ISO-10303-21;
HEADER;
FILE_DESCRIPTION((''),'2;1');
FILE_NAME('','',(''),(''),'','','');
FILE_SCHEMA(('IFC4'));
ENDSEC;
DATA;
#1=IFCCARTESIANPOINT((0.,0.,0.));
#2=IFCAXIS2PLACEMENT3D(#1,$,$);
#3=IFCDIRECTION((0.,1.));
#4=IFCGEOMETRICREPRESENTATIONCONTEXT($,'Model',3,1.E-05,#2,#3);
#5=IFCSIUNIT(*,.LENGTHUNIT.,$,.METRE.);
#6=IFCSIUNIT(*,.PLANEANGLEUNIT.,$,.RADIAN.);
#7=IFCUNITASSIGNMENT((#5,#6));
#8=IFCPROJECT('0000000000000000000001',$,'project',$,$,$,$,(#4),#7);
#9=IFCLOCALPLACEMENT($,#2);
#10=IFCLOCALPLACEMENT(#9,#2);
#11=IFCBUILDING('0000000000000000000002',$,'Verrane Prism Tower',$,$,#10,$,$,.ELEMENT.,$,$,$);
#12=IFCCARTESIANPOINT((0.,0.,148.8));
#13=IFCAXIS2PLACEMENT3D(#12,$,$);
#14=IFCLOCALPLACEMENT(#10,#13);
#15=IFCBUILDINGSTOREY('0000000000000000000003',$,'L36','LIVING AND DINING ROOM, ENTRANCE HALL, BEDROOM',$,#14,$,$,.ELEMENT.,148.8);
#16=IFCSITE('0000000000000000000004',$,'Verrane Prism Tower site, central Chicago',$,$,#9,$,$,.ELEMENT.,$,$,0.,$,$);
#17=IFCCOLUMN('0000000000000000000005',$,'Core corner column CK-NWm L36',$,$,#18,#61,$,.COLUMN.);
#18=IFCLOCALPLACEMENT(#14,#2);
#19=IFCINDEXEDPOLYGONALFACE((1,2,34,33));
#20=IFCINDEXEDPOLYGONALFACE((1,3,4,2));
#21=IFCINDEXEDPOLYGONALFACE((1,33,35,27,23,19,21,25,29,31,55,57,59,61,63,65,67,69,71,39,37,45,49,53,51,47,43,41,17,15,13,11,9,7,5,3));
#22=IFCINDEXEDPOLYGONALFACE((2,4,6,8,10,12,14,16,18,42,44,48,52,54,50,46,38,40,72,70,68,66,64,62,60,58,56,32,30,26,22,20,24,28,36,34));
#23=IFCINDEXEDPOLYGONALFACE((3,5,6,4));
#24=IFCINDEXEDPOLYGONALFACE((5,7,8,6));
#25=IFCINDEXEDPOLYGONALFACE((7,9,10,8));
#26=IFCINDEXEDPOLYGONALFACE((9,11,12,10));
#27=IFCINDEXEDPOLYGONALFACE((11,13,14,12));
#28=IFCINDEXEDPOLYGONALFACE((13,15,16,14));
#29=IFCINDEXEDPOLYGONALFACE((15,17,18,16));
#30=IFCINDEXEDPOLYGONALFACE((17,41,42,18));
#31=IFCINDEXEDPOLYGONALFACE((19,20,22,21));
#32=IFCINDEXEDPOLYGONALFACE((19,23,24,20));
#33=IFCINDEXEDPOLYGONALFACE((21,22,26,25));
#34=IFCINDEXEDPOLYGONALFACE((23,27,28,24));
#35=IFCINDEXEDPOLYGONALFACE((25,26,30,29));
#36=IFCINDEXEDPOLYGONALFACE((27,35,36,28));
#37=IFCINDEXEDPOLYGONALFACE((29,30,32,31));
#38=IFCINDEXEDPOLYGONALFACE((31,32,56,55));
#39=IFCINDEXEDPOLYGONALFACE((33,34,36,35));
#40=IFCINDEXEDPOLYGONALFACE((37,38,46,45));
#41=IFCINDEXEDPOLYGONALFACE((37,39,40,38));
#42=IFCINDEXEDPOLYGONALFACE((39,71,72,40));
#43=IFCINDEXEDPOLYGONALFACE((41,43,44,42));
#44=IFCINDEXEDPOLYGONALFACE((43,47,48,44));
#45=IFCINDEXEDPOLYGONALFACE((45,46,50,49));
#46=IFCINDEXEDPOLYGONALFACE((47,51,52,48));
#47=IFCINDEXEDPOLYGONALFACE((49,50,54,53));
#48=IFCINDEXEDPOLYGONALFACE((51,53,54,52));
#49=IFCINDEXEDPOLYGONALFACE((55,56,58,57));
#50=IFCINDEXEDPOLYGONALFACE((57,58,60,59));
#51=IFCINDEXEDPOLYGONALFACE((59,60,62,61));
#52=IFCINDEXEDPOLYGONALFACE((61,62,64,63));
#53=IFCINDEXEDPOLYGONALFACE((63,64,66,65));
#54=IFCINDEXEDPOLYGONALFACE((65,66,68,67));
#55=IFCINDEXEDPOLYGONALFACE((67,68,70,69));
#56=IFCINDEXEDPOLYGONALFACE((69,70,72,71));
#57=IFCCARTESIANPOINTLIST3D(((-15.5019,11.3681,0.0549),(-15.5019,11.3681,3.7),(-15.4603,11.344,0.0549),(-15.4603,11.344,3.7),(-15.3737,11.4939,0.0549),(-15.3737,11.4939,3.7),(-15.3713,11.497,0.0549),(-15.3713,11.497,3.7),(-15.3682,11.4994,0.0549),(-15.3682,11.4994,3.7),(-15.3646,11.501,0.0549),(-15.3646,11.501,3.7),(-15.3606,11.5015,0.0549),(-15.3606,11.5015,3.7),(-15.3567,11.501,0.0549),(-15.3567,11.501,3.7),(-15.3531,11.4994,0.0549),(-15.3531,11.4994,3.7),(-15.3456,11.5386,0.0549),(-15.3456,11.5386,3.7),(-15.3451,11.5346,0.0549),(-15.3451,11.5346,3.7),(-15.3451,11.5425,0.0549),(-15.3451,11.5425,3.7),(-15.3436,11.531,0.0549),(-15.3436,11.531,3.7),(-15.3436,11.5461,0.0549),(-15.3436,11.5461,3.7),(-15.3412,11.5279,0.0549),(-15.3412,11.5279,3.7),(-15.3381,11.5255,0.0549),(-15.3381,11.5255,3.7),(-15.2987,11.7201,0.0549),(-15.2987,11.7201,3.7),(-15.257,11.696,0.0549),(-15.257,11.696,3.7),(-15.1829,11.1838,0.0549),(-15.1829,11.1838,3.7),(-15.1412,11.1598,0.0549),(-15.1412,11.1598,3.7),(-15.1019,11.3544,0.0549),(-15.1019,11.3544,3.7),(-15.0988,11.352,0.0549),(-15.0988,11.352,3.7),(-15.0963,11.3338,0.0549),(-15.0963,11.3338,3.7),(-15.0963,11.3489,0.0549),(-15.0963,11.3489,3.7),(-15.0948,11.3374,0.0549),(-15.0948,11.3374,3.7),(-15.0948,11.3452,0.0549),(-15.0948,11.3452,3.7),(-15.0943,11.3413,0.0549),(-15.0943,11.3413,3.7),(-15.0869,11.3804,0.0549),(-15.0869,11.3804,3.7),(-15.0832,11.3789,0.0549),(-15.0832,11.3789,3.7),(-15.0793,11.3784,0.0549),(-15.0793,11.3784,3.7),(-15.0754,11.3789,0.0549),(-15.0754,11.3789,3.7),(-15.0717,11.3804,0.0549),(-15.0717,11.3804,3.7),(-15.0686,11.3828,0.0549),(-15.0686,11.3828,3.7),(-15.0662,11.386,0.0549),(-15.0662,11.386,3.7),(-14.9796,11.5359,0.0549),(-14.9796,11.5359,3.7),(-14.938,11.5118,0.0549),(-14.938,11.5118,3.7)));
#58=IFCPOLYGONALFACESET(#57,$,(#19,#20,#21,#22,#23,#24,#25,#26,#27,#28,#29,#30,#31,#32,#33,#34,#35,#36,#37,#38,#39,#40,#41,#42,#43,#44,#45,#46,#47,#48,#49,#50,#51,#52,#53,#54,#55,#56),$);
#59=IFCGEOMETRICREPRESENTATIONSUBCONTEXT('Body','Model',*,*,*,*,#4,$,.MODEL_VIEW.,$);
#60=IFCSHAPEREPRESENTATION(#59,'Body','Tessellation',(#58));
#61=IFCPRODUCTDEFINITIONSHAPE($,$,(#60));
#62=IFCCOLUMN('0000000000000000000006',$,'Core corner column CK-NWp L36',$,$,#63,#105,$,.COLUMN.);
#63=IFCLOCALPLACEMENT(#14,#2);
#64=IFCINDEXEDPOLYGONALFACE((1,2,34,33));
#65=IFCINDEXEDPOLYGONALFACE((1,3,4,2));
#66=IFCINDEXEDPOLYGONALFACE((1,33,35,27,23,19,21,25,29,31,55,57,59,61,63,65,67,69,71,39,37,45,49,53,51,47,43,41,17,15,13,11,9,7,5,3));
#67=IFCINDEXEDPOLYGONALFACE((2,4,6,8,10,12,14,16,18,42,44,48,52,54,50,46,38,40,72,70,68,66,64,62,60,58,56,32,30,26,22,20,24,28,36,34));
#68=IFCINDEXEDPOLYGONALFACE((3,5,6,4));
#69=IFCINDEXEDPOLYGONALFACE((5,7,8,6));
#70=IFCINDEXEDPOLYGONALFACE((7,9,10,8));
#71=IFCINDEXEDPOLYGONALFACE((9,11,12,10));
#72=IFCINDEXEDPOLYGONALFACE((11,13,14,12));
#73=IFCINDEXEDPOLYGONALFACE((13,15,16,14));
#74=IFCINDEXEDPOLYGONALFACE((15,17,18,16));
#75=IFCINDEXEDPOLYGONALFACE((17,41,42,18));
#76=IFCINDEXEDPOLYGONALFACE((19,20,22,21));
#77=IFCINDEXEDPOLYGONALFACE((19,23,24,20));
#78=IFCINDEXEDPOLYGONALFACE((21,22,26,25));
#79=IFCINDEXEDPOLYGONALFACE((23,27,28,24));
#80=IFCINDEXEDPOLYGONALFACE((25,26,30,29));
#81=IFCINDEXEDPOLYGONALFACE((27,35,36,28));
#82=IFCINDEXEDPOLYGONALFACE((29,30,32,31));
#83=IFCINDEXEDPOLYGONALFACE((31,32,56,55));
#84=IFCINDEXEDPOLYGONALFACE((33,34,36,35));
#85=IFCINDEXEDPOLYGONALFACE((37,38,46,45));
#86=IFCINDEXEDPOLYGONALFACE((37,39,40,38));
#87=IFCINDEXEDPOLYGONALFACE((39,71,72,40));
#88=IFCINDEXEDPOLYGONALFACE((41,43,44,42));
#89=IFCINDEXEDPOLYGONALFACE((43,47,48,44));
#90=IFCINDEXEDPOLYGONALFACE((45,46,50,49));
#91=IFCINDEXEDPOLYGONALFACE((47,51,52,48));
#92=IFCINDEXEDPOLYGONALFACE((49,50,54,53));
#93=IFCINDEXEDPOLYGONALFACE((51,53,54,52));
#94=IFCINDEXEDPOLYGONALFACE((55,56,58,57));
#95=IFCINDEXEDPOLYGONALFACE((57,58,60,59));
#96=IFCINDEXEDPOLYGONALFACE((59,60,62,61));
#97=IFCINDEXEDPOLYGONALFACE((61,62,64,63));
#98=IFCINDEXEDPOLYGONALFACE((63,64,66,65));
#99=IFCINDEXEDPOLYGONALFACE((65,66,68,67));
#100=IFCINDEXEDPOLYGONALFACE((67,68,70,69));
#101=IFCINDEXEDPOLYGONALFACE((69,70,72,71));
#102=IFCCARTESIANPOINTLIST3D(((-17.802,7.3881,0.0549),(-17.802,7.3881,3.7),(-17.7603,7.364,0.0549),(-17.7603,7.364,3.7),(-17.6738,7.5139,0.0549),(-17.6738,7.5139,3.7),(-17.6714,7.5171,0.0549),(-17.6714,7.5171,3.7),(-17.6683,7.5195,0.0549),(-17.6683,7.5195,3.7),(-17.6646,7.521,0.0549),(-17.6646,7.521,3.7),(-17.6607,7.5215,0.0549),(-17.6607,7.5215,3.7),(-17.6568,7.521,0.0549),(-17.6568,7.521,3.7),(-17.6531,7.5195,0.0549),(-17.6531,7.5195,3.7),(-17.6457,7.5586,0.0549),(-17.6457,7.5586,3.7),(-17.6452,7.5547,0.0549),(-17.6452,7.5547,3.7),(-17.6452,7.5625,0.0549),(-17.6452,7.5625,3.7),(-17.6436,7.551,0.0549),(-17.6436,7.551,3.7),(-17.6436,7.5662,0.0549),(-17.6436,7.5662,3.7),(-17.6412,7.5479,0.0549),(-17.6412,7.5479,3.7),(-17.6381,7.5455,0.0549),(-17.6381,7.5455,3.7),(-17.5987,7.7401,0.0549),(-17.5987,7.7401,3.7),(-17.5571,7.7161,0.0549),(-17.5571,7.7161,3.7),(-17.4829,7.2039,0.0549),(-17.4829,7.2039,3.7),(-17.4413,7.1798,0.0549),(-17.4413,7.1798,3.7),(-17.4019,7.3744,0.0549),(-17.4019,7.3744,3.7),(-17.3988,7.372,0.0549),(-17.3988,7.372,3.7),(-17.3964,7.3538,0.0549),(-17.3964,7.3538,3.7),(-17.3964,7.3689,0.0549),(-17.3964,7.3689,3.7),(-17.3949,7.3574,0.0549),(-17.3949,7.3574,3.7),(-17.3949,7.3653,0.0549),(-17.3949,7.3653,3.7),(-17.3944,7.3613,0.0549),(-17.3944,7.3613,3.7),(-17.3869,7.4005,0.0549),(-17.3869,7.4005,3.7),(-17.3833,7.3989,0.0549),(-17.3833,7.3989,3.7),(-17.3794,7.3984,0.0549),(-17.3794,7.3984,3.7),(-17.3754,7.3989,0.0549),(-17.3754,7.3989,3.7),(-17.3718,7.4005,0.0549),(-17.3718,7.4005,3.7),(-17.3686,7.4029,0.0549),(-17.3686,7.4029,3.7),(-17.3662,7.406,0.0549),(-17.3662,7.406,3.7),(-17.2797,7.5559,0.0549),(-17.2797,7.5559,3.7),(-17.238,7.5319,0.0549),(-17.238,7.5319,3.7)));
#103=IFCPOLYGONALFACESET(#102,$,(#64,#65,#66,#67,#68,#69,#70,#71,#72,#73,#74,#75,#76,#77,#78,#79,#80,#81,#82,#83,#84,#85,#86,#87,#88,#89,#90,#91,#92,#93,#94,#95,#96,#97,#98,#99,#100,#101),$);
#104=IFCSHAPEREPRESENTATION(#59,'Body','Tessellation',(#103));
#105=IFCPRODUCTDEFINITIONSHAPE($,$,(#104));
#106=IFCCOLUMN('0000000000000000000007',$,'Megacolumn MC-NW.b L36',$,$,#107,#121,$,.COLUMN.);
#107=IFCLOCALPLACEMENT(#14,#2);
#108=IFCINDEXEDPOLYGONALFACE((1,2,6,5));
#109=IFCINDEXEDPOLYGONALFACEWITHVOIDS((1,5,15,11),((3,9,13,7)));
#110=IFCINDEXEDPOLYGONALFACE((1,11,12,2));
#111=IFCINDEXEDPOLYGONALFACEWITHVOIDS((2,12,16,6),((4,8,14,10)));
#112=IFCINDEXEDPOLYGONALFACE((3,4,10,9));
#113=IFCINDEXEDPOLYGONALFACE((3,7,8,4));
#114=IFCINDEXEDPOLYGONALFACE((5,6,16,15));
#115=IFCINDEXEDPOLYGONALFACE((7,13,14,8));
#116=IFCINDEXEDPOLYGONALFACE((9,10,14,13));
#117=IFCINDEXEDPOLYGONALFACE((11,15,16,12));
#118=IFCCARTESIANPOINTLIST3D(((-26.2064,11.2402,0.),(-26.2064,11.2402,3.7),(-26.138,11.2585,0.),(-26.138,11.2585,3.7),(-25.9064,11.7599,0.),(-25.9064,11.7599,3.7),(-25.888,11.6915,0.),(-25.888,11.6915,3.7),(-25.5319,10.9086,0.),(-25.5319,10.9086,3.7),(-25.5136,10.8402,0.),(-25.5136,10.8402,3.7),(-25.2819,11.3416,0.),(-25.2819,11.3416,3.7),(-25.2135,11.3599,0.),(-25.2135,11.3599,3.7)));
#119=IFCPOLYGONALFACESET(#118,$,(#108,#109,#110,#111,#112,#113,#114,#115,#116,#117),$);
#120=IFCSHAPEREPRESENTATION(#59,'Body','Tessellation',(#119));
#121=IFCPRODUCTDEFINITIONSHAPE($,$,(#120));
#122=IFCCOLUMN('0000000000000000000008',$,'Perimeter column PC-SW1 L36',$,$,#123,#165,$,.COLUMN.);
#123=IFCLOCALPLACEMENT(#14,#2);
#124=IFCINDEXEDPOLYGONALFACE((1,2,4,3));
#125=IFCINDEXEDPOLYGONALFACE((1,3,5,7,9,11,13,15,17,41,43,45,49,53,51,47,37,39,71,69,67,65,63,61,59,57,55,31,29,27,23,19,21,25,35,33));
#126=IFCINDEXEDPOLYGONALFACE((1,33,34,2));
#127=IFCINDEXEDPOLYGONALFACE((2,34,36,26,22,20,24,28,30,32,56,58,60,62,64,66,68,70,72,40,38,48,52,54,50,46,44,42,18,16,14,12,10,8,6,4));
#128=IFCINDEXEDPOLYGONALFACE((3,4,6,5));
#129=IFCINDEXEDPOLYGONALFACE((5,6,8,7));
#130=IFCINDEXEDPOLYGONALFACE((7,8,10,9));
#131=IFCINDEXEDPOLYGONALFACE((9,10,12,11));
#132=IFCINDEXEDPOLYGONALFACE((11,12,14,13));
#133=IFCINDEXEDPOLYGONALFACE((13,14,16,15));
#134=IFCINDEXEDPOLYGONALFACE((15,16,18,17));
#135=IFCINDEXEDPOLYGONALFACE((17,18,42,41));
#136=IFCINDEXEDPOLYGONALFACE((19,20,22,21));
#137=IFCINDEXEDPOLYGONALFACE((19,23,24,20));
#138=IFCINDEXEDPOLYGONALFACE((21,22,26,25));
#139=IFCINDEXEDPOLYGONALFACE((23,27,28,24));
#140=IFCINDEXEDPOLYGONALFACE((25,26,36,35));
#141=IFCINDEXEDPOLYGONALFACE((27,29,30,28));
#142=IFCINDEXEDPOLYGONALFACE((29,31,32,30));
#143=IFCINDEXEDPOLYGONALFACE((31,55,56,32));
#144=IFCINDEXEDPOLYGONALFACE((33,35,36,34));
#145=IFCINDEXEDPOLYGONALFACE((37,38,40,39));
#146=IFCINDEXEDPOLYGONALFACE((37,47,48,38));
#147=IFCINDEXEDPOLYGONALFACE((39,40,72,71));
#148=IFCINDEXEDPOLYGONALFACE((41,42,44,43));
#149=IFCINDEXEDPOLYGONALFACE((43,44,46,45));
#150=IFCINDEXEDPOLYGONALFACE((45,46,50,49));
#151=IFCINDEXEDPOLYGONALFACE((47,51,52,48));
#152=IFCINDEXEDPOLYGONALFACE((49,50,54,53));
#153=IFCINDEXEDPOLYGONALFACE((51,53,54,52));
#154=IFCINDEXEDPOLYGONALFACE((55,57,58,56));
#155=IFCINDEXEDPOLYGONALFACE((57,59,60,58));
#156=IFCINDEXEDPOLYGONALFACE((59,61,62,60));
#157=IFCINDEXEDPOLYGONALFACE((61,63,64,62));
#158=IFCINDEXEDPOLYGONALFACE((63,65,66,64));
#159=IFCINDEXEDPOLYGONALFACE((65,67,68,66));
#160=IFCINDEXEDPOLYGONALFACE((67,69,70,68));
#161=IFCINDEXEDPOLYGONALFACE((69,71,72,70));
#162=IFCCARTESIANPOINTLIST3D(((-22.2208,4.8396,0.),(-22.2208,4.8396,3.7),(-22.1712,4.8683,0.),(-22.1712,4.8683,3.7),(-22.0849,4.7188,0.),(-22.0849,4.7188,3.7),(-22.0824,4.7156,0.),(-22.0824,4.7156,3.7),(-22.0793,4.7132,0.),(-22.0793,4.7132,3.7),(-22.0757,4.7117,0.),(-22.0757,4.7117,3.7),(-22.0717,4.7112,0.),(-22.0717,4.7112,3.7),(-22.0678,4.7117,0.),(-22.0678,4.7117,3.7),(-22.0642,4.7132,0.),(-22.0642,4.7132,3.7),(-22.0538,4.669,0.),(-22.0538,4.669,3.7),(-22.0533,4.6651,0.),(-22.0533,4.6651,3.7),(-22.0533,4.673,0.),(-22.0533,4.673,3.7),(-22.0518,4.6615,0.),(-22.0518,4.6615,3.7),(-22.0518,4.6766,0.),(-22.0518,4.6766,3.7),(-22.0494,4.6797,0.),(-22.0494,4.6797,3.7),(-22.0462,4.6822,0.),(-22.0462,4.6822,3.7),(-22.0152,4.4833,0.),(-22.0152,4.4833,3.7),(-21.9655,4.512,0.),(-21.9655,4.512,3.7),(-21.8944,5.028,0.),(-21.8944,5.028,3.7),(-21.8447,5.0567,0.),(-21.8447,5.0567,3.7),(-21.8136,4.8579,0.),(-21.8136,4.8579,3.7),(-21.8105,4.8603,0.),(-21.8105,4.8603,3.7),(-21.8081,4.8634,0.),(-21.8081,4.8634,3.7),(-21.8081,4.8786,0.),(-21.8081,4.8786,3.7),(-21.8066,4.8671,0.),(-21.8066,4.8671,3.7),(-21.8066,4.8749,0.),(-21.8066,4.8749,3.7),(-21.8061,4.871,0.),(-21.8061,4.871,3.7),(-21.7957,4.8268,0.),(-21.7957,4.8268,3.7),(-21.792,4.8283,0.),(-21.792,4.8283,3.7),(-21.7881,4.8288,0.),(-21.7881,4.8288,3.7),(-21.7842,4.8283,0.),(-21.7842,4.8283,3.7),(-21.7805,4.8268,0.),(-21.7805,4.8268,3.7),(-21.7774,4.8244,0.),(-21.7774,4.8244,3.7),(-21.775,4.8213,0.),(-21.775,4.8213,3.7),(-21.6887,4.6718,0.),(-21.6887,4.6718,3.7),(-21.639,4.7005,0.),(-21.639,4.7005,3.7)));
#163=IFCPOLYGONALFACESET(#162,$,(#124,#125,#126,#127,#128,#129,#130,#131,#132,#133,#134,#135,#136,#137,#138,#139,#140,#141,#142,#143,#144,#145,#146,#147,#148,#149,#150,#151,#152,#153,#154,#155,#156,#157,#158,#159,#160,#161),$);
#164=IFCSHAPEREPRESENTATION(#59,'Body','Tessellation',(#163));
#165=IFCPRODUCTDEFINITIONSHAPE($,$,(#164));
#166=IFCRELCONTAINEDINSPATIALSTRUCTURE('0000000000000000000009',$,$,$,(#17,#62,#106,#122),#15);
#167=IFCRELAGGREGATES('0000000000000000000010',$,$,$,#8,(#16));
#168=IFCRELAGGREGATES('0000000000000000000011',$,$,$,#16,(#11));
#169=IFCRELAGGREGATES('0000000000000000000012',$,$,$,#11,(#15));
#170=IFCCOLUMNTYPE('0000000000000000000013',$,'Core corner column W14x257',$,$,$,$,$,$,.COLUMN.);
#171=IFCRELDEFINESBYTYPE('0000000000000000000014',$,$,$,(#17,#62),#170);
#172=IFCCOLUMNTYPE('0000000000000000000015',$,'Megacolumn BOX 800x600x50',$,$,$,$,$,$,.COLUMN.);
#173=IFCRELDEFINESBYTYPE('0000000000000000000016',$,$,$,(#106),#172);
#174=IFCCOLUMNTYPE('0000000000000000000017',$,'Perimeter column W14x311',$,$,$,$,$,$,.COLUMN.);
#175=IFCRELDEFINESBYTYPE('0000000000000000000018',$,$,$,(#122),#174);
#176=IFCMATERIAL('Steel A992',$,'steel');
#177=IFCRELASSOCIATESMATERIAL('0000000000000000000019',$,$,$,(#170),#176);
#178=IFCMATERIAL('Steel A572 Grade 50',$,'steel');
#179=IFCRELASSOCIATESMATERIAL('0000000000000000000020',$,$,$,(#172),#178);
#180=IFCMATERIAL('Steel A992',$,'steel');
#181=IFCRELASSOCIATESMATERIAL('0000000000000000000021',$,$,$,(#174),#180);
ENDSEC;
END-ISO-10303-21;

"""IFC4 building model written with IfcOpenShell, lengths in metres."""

from ifc_helpers import new_model, si_unit, direction, frame, origin, origin_2d, place, context, subcontext, project, spatial, hollow_rectangle, i_section, extrude, material, material_profile, profile_set, type_object, element, save


model = new_model("IFC4")

# Units and contexts
model_context = context("Model", 3, precision=1e-05, world=origin(), true_north=direction((0.0, 1.0)))
body_context = subcontext(model_context, "Body", "Model", "MODEL_VIEW")
ifc_project = project(units=[si_unit("LENGTHUNIT", "METRE"), si_unit("PLANEANGLEUNIT", "RADIAN")], contexts=[model_context])

# Site, building, storey
site_placement = place(None, origin())
site = spatial("IfcSite", under=ifc_project, at=site_placement, Name="Verrane Prism Tower site, central Chicago", CompositionType="ELEMENT", RefElevation=0.0)
building_placement = place(site_placement, origin())
building = spatial("IfcBuilding", under=site, at=building_placement, Name="Verrane Prism Tower", CompositionType="ELEMENT")
storey_placement = place(building_placement, frame((0.0, 0.0, 148.8)))
storey = spatial("IfcBuildingStorey", under=building, at=storey_placement, Name="L36", Description="LIVING AND DINING ROOM, ENTRANCE HALL, BEDROOM", CompositionType="ELEMENT", Elevation=148.8)

# Columns
ifc_material_1 = material(Name="Steel A992", Category="steel")
ifc_material_profile_1 = material_profile(ifc_material_1, i_section(OverallWidth=0.4065, OverallDepth=0.4165, WebThickness=0.03, FlangeThickness=0.0481, FilletRadius=0.0151, at=origin_2d()), Name="W14x257")
ifc_profile_set_1 = profile_set([ifc_material_profile_1], Name="Steel A992")
column_type_1 = type_object("IfcColumnType", Name="Core corner column W14x257", PredefinedType="COLUMN", material=ifc_profile_set_1)
for number, where, z_axis, x_axis, name in (
    (1, (-15.22, 11.4399, 0.0549), (0.0, 0.0, 1.0), (0.5, 0.866025, 0.0), "Core corner column CK-NWm L36"),
    (2, (-17.52, 7.46, 0.0549), (0.0, 0.0, 1.0), (0.5, 0.866025, 0.0), "Core corner column CK-NWp L36"),
):
    element("IfcColumn", number, at=place(storey_placement, frame(where, z_axis=z_axis, x_axis=x_axis)), inside=storey, type_object=column_type_1, Name=name, PredefinedType="COLUMN", context=body_context, shape_type="SweptSolid", body=[
        extrude(i_section(OverallWidth=0.4065, OverallDepth=0.4165, WebThickness=0.03, FlangeThickness=0.0481, FilletRadius=0.0151, at=origin_2d()), origin(), (0.0, 0.0, 1.0), 3.645),
    ])
ifc_material_2 = material(Name="Steel A572 Grade 50", Category="steel")
ifc_material_profile_2 = material_profile(ifc_material_2, hollow_rectangle(XDim=0.6001, YDim=0.8, WallThickness=0.05, at=origin_2d()), Name="BOX 800x600x50")
ifc_profile_set_2 = profile_set([ifc_material_profile_2], Name="Steel A572 Grade 50")
column_type_2 = type_object("IfcColumnType", Name="Megacolumn BOX 800x600x50", PredefinedType="COLUMN", material=ifc_profile_set_2)
column_1_placement = place(storey_placement, frame((-25.71, 11.3, 0.0), z_axis=(0.0, 0.0, 1.0), x_axis=(0.5, 0.866025, 0.0)))
element("IfcColumn", 3, at=column_1_placement, inside=storey, type_object=column_type_2, Name="Megacolumn MC-NW.b L36", PredefinedType="COLUMN", context=body_context, shape_type="SweptSolid", body=[
    extrude(hollow_rectangle(XDim=0.6001, YDim=0.8, WallThickness=0.05, at=origin_2d()), origin(), (0.0, 0.0, 1.0), 3.7),
])
ifc_material_3 = material(Name="Steel A992", Category="steel")
ifc_material_profile_3 = material_profile(ifc_material_3, i_section(OverallWidth=0.4114, OverallDepth=0.4343, WebThickness=0.0359, FlangeThickness=0.0574, FilletRadius=0.0151, at=origin_2d()), Name="W14x311")
ifc_profile_set_3 = profile_set([ifc_material_profile_3], Name="Steel A992")
column_type_3 = type_object("IfcColumnType", Name="Perimeter column W14x311", PredefinedType="COLUMN", material=ifc_profile_set_3)
column_2_placement = place(storey_placement, frame((-21.9299, 4.77, 0.0), z_axis=(0.0, 0.0, 1.0), x_axis=(-0.5, 0.866025, 0.0)))
element("IfcColumn", 4, at=column_2_placement, inside=storey, type_object=column_type_3, Name="Perimeter column PC-SW1 L36", PredefinedType="COLUMN", context=body_context, shape_type="SweptSolid", body=[
    extrude(i_section(OverallWidth=0.4114, OverallDepth=0.4343, WebThickness=0.0359, FlangeThickness=0.0574, FilletRadius=0.0151, at=origin_2d()), origin(), (0.0, 0.0, 1.0), 3.7),
])

save(model, "model.ifc")
